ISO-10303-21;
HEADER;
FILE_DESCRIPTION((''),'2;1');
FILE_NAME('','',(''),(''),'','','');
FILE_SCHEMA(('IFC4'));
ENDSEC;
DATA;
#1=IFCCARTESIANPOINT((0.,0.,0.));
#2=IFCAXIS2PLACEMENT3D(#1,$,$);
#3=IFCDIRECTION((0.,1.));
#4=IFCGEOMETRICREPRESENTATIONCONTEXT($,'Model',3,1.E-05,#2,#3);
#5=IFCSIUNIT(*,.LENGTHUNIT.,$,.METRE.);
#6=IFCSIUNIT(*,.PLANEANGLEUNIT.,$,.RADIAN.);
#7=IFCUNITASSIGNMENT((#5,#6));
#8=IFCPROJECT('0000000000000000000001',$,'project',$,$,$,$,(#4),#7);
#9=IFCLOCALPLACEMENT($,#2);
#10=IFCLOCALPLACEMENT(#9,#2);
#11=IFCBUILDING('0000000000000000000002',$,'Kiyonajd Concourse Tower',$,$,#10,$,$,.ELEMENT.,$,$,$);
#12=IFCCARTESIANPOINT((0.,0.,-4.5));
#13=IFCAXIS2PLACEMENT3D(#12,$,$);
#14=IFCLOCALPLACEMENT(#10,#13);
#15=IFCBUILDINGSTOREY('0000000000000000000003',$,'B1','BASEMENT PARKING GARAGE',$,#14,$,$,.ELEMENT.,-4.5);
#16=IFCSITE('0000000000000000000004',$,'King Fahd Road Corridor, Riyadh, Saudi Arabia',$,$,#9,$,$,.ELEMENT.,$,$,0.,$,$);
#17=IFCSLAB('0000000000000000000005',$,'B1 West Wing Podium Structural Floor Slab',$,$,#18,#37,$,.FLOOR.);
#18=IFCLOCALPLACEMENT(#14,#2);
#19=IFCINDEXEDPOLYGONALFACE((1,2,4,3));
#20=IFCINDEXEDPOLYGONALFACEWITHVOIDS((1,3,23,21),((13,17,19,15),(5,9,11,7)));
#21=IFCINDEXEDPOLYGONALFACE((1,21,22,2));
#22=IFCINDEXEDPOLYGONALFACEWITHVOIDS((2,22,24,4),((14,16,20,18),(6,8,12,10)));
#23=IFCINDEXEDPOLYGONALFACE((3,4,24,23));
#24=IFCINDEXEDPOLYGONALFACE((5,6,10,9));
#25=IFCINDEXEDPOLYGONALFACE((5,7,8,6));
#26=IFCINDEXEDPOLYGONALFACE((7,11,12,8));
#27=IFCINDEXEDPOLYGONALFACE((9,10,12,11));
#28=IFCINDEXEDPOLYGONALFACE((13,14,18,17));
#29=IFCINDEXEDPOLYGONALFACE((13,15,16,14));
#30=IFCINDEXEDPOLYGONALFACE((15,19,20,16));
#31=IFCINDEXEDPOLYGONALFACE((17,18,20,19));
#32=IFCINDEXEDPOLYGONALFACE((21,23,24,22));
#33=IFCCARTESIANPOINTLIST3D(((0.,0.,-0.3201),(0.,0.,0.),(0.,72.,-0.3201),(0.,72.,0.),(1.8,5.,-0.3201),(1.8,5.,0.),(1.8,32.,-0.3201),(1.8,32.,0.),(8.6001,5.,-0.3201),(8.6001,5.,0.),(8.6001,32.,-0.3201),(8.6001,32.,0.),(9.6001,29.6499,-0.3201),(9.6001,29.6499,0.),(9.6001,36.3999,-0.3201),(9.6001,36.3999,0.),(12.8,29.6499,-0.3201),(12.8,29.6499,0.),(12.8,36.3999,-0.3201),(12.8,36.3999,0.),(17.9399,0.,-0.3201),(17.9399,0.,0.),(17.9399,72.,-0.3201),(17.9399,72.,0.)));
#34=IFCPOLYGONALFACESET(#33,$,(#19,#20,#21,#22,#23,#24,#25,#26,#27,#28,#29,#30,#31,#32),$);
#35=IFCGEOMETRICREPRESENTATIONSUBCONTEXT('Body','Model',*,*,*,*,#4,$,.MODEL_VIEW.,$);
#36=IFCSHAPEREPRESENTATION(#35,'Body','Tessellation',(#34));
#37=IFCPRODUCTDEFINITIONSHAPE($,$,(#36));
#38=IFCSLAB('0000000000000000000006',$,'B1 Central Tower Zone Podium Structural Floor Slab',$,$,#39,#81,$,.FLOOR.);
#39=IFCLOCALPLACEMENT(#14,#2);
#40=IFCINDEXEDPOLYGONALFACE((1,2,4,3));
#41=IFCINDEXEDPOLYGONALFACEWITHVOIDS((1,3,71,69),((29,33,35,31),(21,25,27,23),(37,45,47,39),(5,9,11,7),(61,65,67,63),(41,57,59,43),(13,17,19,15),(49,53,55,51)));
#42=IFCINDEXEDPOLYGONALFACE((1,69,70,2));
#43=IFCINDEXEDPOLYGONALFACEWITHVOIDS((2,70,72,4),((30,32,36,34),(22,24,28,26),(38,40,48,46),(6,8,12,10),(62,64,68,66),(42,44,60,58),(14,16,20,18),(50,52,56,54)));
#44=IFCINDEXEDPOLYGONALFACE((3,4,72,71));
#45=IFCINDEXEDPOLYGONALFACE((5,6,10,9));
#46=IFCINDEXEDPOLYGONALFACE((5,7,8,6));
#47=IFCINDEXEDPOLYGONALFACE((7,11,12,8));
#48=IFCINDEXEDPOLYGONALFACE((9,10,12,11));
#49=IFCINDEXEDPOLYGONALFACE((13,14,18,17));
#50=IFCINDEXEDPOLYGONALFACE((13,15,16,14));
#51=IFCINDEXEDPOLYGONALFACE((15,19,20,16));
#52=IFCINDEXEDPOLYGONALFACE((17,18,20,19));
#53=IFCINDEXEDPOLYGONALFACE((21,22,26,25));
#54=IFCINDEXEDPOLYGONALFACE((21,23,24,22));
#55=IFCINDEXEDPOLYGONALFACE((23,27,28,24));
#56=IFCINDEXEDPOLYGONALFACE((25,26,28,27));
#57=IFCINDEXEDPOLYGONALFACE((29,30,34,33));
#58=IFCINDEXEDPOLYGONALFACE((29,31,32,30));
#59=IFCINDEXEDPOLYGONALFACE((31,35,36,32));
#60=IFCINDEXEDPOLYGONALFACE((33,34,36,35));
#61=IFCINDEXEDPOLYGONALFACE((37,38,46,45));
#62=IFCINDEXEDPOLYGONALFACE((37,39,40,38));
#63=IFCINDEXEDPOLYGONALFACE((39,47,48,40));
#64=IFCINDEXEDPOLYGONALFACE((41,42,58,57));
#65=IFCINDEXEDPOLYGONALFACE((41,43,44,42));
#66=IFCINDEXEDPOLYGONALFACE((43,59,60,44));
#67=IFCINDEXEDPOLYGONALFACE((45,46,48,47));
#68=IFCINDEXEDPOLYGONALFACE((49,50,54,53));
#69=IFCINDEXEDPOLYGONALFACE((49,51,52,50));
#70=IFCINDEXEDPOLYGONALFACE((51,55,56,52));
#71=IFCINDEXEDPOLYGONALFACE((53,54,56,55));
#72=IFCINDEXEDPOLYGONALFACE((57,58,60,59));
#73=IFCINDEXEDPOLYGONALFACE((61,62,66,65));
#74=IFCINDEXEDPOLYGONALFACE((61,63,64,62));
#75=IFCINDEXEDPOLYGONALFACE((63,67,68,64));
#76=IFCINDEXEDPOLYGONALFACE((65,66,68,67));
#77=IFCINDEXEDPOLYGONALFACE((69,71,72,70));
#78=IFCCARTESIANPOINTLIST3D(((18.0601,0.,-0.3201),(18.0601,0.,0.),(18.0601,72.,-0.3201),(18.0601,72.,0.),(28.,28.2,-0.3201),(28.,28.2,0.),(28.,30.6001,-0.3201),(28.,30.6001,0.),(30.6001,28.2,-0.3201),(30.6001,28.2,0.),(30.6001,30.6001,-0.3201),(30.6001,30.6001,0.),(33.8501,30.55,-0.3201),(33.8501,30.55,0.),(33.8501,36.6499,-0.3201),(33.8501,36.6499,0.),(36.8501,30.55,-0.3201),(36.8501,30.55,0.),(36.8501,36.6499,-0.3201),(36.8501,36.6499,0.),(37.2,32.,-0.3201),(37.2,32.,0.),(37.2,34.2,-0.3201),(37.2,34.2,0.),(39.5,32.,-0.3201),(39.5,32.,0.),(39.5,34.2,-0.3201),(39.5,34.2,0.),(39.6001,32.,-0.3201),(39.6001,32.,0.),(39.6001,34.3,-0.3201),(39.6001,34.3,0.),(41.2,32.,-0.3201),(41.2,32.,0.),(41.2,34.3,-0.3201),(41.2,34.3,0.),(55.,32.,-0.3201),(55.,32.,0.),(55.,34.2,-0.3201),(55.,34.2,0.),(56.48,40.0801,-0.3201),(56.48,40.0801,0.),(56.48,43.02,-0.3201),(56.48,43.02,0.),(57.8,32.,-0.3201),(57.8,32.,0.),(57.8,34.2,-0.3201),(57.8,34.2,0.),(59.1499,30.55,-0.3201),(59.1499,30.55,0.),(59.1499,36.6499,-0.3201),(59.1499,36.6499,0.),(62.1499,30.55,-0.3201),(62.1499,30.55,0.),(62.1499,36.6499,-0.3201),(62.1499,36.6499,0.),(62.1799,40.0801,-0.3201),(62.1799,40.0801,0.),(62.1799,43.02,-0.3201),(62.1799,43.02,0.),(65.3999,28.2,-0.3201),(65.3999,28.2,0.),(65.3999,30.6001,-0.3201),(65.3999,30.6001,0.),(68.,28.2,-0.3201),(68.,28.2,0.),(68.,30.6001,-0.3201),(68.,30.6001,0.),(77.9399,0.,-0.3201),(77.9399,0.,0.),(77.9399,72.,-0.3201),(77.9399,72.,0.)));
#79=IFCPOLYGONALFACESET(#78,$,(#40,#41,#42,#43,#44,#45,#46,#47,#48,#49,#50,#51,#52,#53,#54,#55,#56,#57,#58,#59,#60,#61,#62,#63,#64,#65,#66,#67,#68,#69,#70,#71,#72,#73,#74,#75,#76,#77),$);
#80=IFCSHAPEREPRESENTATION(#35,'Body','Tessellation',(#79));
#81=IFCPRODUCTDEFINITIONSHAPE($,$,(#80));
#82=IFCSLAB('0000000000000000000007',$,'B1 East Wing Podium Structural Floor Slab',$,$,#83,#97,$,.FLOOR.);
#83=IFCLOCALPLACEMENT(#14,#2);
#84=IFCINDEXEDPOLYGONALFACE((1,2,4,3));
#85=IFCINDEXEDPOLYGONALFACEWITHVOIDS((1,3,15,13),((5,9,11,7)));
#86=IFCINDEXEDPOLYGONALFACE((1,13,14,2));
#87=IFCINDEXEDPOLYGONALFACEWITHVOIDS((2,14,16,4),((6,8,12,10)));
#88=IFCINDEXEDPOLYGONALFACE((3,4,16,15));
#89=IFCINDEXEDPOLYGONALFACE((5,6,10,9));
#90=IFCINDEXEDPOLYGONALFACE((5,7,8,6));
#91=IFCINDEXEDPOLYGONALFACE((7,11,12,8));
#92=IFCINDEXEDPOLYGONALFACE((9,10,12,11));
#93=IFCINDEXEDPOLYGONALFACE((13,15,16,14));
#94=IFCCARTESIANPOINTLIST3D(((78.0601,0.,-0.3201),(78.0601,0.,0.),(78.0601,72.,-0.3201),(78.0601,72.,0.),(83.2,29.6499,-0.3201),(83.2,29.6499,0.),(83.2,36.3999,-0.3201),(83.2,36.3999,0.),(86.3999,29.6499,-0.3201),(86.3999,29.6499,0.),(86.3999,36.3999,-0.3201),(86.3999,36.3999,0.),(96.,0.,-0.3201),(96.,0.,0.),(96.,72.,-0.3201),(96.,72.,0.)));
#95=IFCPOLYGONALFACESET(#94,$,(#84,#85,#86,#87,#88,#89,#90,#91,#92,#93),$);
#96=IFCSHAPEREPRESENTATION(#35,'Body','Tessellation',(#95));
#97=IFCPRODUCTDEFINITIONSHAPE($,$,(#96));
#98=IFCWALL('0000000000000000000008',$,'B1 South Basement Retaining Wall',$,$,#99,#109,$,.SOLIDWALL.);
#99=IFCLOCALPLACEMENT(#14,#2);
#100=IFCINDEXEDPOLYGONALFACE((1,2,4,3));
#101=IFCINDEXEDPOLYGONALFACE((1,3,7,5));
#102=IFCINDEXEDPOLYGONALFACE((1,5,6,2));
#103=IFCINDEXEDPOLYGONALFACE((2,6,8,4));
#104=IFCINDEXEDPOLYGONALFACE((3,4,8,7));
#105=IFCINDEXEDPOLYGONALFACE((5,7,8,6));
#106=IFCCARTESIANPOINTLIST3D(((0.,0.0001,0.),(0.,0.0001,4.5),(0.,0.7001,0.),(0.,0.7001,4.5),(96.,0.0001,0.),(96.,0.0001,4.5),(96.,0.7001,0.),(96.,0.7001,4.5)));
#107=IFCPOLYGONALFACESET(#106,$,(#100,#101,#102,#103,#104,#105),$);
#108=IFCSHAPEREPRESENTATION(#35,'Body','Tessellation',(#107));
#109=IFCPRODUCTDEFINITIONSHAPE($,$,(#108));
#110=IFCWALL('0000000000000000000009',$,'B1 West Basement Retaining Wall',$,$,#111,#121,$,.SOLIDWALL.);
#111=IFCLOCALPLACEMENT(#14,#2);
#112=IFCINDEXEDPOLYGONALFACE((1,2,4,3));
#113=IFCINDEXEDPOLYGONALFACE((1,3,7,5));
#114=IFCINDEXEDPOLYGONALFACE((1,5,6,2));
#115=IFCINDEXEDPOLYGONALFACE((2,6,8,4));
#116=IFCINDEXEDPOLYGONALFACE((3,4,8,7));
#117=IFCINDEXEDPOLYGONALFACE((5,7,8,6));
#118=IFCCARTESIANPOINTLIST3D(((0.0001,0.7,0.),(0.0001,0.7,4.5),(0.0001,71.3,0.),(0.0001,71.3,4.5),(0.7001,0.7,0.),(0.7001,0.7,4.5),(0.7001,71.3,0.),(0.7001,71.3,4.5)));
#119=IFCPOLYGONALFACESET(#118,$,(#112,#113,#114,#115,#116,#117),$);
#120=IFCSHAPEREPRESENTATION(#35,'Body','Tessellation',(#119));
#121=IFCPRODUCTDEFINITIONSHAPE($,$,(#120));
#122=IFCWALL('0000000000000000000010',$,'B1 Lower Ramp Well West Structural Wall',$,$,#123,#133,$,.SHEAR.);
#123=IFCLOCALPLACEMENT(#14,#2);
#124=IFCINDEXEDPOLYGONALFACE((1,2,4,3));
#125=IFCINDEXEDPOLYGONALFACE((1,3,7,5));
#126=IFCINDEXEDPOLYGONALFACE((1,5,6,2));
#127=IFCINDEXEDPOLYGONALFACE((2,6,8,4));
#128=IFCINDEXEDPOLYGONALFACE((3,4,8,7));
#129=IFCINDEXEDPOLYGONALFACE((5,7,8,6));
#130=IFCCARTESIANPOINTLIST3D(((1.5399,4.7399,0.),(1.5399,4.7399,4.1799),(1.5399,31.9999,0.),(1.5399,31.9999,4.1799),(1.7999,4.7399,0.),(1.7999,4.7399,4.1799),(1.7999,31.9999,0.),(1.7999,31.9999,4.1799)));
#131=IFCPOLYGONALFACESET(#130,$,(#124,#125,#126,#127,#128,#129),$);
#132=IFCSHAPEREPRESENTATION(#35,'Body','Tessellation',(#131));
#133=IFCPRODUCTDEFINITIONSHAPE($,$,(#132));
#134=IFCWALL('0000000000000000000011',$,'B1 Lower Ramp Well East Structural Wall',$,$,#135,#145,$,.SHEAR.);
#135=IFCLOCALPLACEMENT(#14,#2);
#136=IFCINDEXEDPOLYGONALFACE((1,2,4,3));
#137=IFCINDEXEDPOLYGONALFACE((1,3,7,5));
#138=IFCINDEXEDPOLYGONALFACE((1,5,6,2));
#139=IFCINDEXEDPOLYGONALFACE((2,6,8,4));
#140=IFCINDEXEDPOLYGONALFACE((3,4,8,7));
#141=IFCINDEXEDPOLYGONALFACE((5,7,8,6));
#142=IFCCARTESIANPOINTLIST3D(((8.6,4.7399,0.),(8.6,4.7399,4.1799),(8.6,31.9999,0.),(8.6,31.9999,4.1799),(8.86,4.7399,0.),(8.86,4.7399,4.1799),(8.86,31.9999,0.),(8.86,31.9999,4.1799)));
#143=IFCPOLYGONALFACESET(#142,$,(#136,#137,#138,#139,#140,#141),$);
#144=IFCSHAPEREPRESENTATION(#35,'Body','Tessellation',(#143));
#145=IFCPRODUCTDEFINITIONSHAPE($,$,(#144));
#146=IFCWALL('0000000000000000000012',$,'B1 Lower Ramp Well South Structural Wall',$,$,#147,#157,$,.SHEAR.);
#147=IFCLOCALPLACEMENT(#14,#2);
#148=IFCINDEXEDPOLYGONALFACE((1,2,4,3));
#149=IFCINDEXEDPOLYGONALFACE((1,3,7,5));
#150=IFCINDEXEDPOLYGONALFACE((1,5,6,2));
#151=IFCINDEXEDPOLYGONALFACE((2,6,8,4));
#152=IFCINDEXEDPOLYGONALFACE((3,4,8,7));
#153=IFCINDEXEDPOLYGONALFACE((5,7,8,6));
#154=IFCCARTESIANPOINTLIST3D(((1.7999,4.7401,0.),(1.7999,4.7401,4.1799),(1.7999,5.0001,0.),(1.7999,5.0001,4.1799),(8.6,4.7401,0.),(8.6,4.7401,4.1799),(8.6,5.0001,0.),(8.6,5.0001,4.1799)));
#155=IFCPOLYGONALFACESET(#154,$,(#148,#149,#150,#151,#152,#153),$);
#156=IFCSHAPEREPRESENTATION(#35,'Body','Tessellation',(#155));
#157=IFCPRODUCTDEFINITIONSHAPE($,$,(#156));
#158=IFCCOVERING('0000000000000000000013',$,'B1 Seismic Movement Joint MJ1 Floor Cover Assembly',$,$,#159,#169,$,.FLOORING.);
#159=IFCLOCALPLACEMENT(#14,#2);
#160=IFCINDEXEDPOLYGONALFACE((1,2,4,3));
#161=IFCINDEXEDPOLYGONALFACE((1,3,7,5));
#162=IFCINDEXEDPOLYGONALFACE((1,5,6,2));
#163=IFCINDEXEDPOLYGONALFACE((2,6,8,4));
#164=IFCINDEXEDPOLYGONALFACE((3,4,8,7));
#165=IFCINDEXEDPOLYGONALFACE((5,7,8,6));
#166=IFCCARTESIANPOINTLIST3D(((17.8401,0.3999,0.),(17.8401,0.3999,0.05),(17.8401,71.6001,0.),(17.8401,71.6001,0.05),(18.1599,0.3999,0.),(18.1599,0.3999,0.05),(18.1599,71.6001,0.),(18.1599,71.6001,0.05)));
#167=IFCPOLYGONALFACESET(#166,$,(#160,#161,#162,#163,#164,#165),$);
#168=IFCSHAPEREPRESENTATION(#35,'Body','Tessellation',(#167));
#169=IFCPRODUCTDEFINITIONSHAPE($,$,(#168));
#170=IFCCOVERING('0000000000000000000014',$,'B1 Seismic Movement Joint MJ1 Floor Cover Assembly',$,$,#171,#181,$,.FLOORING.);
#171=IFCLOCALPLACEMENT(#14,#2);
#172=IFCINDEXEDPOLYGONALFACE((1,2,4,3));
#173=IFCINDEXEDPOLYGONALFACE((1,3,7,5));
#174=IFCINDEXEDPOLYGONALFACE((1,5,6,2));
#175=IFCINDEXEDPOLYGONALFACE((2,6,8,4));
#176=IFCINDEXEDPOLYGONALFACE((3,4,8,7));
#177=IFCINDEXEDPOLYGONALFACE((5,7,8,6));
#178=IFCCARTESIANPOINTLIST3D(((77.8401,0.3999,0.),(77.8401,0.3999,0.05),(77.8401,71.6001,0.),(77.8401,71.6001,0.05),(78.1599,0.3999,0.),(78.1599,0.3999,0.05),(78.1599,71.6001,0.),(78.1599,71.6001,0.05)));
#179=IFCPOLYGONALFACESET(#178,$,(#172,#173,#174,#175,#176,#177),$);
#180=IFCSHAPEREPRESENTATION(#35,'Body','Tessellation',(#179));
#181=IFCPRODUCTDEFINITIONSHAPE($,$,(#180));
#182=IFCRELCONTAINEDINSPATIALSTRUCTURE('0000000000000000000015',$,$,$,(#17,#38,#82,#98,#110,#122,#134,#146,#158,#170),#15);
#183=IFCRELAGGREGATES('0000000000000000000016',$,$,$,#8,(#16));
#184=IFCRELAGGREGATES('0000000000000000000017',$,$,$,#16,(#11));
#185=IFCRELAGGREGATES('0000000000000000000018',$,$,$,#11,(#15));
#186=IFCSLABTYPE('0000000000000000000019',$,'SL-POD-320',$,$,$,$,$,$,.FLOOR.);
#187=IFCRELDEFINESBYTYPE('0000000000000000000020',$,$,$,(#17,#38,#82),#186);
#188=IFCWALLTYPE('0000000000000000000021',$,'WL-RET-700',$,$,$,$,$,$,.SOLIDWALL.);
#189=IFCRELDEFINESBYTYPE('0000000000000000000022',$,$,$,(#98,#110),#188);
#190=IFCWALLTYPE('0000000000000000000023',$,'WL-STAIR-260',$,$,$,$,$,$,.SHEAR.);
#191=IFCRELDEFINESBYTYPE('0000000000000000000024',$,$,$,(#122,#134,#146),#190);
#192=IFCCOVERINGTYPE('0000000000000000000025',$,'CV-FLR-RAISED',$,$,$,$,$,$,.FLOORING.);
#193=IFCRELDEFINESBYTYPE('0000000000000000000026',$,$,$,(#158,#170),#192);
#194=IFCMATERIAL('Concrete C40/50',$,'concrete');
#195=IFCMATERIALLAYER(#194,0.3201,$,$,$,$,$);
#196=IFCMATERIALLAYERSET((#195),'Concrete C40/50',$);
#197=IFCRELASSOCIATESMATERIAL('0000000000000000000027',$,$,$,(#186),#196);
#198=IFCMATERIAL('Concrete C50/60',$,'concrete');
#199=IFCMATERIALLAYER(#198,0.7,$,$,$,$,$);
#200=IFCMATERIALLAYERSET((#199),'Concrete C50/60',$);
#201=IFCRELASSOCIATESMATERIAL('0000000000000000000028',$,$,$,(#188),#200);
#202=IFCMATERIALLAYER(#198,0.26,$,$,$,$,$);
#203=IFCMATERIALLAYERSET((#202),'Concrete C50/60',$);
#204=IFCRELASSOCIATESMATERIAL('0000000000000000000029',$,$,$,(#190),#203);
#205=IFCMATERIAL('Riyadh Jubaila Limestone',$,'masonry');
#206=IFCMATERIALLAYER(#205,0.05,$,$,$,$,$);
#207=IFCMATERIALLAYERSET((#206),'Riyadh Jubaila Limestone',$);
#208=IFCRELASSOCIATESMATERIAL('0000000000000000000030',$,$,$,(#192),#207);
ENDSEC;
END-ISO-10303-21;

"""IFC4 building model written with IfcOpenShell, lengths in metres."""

from ifc_helpers import new_model, si_unit, direction, frame, frame_2d, origin, place, context, subcontext, project, spatial, polyline, rectangle, outline, extrude, material, layer, layer_set, type_object, element, save


model = new_model("IFC4")

# Units and contexts
model_context = context("Model", 3, precision=1e-05, world=origin(), true_north=direction((0.0, 1.0)))
body_context = subcontext(model_context, "Body", "Model", "MODEL_VIEW")
ifc_project = project(units=[si_unit("LENGTHUNIT", "METRE"), si_unit("PLANEANGLEUNIT", "RADIAN")], contexts=[model_context])

# Site, building, storey
site_placement = place(None, origin())
site = spatial("IfcSite", under=ifc_project, at=site_placement, Name="King Fahd Road Corridor, Riyadh, Saudi Arabia", CompositionType="ELEMENT", RefElevation=0.0)
building_placement = place(site_placement, origin())
building = spatial("IfcBuilding", under=site, at=building_placement, Name="Kiyonajd Concourse Tower", CompositionType="ELEMENT")
storey_placement = place(building_placement, frame((0.0, 0.0, -4.5)))
storey = spatial("IfcBuildingStorey", under=building, at=storey_placement, Name="B1", Description="BASEMENT PARKING GARAGE", CompositionType="ELEMENT", Elevation=-4.5)

# Shared definitions
ifc_material_1 = material(Name="Concrete C40/50", Category="concrete")

# Slabs
ifc_layer_1 = layer(ifc_material_1, 0.3201)
ifc_layer_set_1 = layer_set([ifc_layer_1], Name="Concrete C40/50")
slab_type_1 = type_object("IfcSlabType", Name="SL-POD-320", PredefinedType="FLOOR", material=ifc_layer_set_1)
slab_1_placement = place(storey_placement, frame((0.0, 0.0, -0.3201)))
element("IfcSlab", 1, at=slab_1_placement, inside=storey, type_object=slab_type_1, Name="B1 West Wing Podium Structural Floor Slab", PredefinedType="FLOOR", context=body_context, shape_type="SweptSolid", body=[
    extrude(outline(polyline([(0.0, 0.0), (17.9399, 0.0), (17.9399, 72.0), (0.0, 72.0), (0.0, 0.0)]), holes=[polyline([(8.6001, 5.0), (1.8, 5.0), (1.8, 32.0), (8.6001, 32.0), (8.6001, 5.0)]), polyline([(12.8, 29.6499), (9.6001, 29.6499), (9.6001, 36.3999), (12.8, 36.3999), (12.8, 29.6499)])]), origin(), (0.0, 0.0, 1.0), 0.3201),
])
slab_2_placement = place(storey_placement, frame((0.0, 0.0, -0.3201)))
element("IfcSlab", 2, at=slab_2_placement, inside=storey, type_object=slab_type_1, Name="B1 Central Tower Zone Podium Structural Floor Slab", PredefinedType="FLOOR", context=body_context, shape_type="SweptSolid", body=[
    extrude(outline(polyline([(18.0601, 0.0), (77.9399, 0.0), (77.9399, 72.0), (18.0601, 72.0), (18.0601, 0.0)]), holes=[polyline([(30.6001, 28.2), (28.0, 28.2), (28.0, 30.6001), (30.6001, 30.6001), (30.6001, 28.2)]), polyline([(37.2, 32.0), (37.2, 34.2), (39.5, 34.2), (39.5, 32.0), (37.2, 32.0)]), polyline([(39.6001, 32.0), (39.6001, 34.3), (41.2, 34.3), (41.2, 32.0), (39.6001, 32.0)]), polyline([(36.8501, 30.55), (33.8501, 30.55), (33.8501, 36.6499), (36.8501, 36.6499), (36.8501, 30.55)]), polyline([(65.3999, 28.2), (65.3999, 30.6001), (68.0, 30.6001), (68.0, 28.2), (65.3999, 28.2)]), polyline([(57.8, 32.0), (55.0, 32.0), (55.0, 34.2), (57.8, 34.2), (57.8, 32.0)]), polyline([(59.1499, 30.55), (59.1499, 36.6499), (62.1499, 36.6499), (62.1499, 30.55), (59.1499, 30.55)]), polyline([(56.48, 43.02), (62.1799, 43.02), (62.1799, 40.0801), (56.48, 40.0801), (56.48, 43.02)])]), origin(), (0.0, 0.0, 1.0), 0.3201),
])
slab_3_placement = place(storey_placement, frame((0.0, 0.0, -0.3201)))
element("IfcSlab", 3, at=slab_3_placement, inside=storey, type_object=slab_type_1, Name="B1 East Wing Podium Structural Floor Slab", PredefinedType="FLOOR", context=body_context, shape_type="SweptSolid", body=[
    extrude(outline(polyline([(78.0601, 0.0), (96.0, 0.0), (96.0, 72.0), (78.0601, 72.0), (78.0601, 0.0)]), holes=[polyline([(83.2, 29.6499), (83.2, 36.3999), (86.3999, 36.3999), (86.3999, 29.6499), (83.2, 29.6499)])]), origin(), (0.0, 0.0, 1.0), 0.3201),
])

# Walls
ifc_material_2 = material(Name="Concrete C50/60", Category="concrete")
ifc_layer_2 = layer(ifc_material_2, 0.7)
ifc_layer_set_2 = layer_set([ifc_layer_2], Name="Concrete C50/60")
wall_type_1 = type_object("IfcWallType", Name="WL-RET-700", PredefinedType="SOLIDWALL", material=ifc_layer_set_2)
wall_1_placement = place(storey_placement, frame((0.0, 0.3501, 0.0), z_axis=(0.0, 0.0, 1.0), x_axis=(1.0, 0.0, 0.0)))
element("IfcWall", 4, at=wall_1_placement, inside=storey, type_object=wall_type_1, Name="B1 South Basement Retaining Wall", PredefinedType="SOLIDWALL", context=body_context, shape_type="SweptSolid", body=[
    extrude(rectangle(XDim=96.0, YDim=0.7, at=frame_2d((48.0, 0.0))), origin(), (0.0, 0.0, 1.0), 4.5),
])
wall_2_placement = place(storey_placement, frame((0.3501, 0.7, 0.0), z_axis=(0.0, 0.0, 1.0), x_axis=(0.0, 1.0, 0.0)))
element("IfcWall", 5, at=wall_2_placement, inside=storey, type_object=wall_type_1, Name="B1 West Basement Retaining Wall", PredefinedType="SOLIDWALL", context=body_context, shape_type="SweptSolid", body=[
    extrude(rectangle(XDim=70.6001, YDim=0.7, at=frame_2d((35.3, 0.0))), origin(), (0.0, 0.0, 1.0), 4.5),
])
ifc_layer_3 = layer(ifc_material_2, 0.26)
ifc_layer_set_3 = layer_set([ifc_layer_3], Name="Concrete C50/60")
wall_type_2 = type_object("IfcWallType", Name="WL-STAIR-260", PredefinedType="SHEAR", material=ifc_layer_set_3)
for number, where, z_axis, x_axis, name in (
    (6, (1.6699, 4.74, 0.0), (0.0, 0.0, 1.0), (0.0, 1.0, 0.0), "B1 Lower Ramp Well West Structural Wall"),
    (7, (8.73, 4.74, 0.0), (0.0, 0.0, 1.0), (0.0, 1.0, 0.0), "B1 Lower Ramp Well East Structural Wall"),
):
    element("IfcWall", number, at=place(storey_placement, frame(where, z_axis=z_axis, x_axis=x_axis)), inside=storey, type_object=wall_type_2, Name=name, PredefinedType="SHEAR", context=body_context, shape_type="SweptSolid", body=[
        extrude(rectangle(XDim=27.26, YDim=0.26, at=frame_2d((13.6299, 0.0))), origin(), (0.0, 0.0, 1.0), 4.1799),
    ])
wall_3_placement = place(storey_placement, frame((1.8, 4.8701, 0.0), z_axis=(0.0, 0.0, 1.0), x_axis=(1.0, 0.0, 0.0)))
element("IfcWall", 8, at=wall_3_placement, inside=storey, type_object=wall_type_2, Name="B1 Lower Ramp Well South Structural Wall", PredefinedType="SHEAR", context=body_context, shape_type="SweptSolid", body=[
    extrude(rectangle(XDim=6.8, YDim=0.26, at=frame_2d((3.3999, 0.0))), origin(), (0.0, 0.0, 1.0), 4.1799),
])

# Coverings
ifc_material_3 = material(Name="Riyadh Jubaila Limestone", Category="masonry")
ifc_layer_4 = layer(ifc_material_3, 0.05)
ifc_layer_set_4 = layer_set([ifc_layer_4], Name="Riyadh Jubaila Limestone")
covering_type = type_object("IfcCoveringType", Name="CV-FLR-RAISED", PredefinedType="FLOORING", material=ifc_layer_set_4)
covering_1_placement = place(storey_placement, origin())
element("IfcCovering", 9, at=covering_1_placement, inside=storey, type_object=covering_type, Name="B1 Seismic Movement Joint MJ1 Floor Cover Assembly", PredefinedType="FLOORING", context=body_context, shape_type="SweptSolid", body=[
    extrude(outline(polyline([(17.8401, 0.3999), (18.1599, 0.3999), (18.1599, 71.6001), (17.8401, 71.6001), (17.8401, 0.3999)])), origin(), (0.0, 0.0, 1.0), 0.05),
])
covering_2_placement = place(storey_placement, origin())
element("IfcCovering", 10, at=covering_2_placement, inside=storey, type_object=covering_type, Name="B1 Seismic Movement Joint MJ1 Floor Cover Assembly", PredefinedType="FLOORING", context=body_context, shape_type="SweptSolid", body=[
    extrude(outline(polyline([(77.8401, 0.3999), (78.1599, 0.3999), (78.1599, 71.6001), (77.8401, 71.6001), (77.8401, 0.3999)])), origin(), (0.0, 0.0, 1.0), 0.05),
])

save(model, "model.ifc")
